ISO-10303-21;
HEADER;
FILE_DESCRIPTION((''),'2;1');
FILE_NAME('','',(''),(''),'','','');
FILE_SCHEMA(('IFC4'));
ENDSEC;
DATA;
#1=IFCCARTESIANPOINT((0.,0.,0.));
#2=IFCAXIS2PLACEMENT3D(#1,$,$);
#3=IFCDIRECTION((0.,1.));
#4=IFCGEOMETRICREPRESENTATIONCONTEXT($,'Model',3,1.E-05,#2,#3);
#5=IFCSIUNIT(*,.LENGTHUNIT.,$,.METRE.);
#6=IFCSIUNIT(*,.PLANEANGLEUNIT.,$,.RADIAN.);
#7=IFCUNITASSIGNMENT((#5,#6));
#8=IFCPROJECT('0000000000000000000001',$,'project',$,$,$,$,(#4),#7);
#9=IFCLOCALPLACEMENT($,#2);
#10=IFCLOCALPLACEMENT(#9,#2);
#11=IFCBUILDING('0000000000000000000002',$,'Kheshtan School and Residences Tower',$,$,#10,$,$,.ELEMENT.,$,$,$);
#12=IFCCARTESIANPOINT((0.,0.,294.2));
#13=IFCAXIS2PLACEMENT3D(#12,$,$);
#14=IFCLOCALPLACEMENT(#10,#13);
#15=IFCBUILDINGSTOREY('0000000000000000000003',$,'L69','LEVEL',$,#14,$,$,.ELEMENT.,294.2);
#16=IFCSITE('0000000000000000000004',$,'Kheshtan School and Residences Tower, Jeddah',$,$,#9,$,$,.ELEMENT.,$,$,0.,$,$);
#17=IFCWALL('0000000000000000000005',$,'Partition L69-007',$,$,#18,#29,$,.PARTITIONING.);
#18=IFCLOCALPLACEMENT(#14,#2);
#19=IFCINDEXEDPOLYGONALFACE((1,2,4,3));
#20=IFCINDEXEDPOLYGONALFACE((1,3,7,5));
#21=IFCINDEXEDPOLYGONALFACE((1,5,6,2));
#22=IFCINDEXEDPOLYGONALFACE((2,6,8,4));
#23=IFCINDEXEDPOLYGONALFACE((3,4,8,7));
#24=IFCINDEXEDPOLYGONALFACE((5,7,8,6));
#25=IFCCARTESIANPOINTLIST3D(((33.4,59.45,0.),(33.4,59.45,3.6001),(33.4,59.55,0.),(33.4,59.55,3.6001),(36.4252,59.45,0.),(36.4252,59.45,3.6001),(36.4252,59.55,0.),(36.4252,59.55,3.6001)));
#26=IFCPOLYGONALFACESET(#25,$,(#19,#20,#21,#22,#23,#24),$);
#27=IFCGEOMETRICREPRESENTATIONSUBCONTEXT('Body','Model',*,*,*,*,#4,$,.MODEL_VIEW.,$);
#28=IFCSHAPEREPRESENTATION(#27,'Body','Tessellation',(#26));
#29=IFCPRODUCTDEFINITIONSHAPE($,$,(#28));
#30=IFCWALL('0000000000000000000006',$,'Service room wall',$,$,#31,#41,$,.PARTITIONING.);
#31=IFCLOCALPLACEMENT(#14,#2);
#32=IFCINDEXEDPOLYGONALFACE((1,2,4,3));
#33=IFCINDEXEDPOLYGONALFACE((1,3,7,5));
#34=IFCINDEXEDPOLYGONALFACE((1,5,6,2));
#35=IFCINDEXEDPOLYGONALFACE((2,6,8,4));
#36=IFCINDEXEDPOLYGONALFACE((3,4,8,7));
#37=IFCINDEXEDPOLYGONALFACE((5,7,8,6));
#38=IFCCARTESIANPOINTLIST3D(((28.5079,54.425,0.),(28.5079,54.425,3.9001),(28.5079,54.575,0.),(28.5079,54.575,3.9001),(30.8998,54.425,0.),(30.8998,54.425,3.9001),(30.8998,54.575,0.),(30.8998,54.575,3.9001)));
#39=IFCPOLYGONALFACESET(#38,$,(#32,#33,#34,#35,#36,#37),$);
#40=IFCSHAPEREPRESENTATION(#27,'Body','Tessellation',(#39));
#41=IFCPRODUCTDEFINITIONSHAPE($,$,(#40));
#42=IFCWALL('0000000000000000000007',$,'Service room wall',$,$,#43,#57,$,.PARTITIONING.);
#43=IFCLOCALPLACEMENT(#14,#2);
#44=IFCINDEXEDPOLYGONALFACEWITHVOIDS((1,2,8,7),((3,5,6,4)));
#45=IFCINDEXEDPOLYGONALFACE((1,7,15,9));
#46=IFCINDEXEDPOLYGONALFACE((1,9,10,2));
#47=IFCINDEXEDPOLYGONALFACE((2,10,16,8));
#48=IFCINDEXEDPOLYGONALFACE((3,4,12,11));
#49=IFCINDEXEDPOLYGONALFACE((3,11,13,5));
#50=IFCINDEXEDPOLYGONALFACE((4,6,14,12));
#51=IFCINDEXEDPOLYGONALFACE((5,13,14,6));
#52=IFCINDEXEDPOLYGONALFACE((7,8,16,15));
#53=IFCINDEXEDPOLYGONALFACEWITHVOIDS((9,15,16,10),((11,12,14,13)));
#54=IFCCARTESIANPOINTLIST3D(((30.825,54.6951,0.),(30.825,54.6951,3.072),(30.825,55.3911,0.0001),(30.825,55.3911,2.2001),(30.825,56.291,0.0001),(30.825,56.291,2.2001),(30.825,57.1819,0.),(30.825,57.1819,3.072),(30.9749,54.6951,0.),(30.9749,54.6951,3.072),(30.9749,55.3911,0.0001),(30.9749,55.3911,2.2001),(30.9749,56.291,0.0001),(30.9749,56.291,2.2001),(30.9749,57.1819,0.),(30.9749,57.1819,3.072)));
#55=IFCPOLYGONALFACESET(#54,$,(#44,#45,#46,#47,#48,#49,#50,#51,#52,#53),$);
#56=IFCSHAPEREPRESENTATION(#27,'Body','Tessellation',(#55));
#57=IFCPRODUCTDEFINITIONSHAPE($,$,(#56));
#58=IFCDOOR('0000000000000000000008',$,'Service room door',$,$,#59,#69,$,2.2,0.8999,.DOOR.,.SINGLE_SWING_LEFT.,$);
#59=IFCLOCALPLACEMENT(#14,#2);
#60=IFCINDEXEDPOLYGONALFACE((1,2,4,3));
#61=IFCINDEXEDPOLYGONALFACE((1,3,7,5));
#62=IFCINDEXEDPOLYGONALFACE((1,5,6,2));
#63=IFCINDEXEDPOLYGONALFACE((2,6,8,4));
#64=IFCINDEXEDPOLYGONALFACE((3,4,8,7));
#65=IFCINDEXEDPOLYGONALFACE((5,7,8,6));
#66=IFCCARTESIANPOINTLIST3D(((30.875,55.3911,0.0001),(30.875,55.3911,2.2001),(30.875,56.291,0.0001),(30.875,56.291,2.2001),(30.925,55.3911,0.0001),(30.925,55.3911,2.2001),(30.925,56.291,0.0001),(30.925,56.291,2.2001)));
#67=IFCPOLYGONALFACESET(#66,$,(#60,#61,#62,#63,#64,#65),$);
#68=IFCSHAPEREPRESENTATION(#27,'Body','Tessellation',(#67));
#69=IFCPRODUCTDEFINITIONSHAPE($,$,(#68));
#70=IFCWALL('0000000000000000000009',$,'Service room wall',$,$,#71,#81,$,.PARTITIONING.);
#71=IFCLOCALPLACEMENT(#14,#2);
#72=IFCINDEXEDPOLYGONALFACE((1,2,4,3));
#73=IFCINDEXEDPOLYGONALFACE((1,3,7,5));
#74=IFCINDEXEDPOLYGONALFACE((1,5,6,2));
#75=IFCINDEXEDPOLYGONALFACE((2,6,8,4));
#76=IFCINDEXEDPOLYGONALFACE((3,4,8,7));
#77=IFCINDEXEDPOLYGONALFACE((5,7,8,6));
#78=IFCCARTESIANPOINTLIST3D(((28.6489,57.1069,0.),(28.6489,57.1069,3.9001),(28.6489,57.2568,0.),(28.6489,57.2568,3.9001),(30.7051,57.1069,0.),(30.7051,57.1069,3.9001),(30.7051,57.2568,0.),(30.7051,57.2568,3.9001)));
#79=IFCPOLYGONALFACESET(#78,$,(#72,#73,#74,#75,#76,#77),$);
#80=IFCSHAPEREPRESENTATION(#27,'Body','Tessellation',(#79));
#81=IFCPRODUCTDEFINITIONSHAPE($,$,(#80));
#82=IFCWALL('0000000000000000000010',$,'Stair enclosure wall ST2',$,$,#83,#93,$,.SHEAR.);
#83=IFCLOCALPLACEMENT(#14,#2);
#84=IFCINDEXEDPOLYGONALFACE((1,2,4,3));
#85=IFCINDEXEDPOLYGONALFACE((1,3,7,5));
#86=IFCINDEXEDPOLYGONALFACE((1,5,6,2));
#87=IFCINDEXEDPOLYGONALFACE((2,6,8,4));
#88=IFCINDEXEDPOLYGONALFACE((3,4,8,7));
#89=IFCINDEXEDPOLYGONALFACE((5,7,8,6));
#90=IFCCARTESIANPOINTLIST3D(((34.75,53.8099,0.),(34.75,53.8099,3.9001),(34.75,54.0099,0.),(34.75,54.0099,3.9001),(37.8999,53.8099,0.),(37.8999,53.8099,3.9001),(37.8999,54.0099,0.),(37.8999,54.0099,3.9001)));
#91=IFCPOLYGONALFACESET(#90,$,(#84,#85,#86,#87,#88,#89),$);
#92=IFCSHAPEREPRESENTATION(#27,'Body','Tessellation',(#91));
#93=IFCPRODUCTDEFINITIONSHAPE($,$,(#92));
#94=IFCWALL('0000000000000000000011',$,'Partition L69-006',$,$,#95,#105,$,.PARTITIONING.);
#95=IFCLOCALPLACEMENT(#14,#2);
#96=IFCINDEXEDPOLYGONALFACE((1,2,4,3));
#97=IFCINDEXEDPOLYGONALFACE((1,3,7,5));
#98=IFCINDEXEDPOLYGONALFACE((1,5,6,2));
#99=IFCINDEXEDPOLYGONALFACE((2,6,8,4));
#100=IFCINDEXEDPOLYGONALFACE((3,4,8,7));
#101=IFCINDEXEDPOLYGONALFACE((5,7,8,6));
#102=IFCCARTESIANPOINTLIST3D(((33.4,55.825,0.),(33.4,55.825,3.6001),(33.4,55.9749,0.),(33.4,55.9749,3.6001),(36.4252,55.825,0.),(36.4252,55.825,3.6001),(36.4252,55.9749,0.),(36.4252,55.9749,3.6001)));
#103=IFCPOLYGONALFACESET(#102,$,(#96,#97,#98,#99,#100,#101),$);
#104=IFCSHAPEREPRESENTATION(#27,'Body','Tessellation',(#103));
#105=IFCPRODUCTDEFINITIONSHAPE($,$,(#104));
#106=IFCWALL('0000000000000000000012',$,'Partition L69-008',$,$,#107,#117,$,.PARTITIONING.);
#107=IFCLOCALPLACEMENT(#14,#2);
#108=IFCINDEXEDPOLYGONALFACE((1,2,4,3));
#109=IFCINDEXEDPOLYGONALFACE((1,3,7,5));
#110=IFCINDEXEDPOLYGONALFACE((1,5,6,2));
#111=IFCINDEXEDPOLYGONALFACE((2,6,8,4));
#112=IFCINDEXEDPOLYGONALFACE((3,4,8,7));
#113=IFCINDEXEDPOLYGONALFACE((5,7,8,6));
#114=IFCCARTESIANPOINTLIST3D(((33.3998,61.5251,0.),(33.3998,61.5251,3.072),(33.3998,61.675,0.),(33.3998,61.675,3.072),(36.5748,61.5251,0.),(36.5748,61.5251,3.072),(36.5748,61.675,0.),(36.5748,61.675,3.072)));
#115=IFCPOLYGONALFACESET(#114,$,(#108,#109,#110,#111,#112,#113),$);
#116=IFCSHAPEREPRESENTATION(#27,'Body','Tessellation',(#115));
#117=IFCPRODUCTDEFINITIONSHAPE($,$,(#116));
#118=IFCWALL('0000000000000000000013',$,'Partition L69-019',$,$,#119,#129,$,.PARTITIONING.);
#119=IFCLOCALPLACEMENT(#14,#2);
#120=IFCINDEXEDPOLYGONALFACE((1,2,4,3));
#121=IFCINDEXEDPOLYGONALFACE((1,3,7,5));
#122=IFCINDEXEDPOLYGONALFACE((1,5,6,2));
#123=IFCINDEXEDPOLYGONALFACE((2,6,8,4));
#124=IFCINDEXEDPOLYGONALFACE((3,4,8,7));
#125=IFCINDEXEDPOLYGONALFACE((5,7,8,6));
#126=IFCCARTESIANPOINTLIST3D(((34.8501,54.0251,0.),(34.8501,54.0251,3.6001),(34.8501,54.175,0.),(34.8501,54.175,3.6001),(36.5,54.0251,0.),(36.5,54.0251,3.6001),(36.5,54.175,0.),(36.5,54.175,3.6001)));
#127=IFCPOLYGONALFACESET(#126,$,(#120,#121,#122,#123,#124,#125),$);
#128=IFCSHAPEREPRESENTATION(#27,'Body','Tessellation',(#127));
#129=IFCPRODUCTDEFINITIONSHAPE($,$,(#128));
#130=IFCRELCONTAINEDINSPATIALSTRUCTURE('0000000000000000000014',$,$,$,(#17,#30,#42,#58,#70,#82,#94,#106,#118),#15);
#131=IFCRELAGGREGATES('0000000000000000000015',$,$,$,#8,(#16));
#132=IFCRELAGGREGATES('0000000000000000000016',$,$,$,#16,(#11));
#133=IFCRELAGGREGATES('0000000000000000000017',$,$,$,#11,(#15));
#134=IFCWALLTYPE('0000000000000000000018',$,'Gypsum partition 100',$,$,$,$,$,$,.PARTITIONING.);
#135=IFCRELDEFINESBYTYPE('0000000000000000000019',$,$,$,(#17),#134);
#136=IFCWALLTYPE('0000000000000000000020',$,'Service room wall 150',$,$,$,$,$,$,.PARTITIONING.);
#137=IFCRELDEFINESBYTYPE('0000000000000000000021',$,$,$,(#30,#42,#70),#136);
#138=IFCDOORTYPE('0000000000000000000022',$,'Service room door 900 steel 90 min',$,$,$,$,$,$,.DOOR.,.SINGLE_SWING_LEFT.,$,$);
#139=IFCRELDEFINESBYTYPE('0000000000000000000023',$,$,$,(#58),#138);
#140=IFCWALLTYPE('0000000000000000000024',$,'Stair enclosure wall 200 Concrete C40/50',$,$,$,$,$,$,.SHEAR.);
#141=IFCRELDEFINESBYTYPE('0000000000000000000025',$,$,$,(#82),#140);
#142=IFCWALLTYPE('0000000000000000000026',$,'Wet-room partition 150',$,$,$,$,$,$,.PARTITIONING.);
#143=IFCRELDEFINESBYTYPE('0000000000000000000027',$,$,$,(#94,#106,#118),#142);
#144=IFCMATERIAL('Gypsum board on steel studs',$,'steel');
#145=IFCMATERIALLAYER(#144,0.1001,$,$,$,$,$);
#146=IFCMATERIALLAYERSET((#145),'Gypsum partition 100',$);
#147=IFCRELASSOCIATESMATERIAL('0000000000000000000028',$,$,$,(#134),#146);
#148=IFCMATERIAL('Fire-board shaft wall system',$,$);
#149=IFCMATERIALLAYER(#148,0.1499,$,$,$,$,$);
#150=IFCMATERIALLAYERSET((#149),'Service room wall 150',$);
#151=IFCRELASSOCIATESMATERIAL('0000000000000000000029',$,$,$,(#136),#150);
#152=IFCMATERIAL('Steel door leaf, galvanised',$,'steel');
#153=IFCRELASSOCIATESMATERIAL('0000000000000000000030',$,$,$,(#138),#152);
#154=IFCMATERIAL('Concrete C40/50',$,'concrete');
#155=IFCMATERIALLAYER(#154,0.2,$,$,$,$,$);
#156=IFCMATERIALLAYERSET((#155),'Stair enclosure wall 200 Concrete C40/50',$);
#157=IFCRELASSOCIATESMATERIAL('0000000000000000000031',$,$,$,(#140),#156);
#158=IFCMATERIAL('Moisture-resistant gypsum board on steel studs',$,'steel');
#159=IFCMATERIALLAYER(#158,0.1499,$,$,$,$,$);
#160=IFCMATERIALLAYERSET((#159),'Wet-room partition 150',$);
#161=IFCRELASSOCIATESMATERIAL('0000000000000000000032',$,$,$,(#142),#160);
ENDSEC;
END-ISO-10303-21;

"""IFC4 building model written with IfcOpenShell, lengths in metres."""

from ifc_helpers import new_model, si_unit, direction, frame, frame_2d, origin, place, context, subcontext, project, spatial, rectangle, extrude, source, transform, mapped, material, layer, layer_set, type_object, element, fill, save


model = new_model("IFC4")

# Units and contexts
model_context = context("Model", 3, precision=1e-05, world=origin(), true_north=direction((0.0, 1.0)))
body_context = subcontext(model_context, "Body", "Model", "MODEL_VIEW")
ifc_project = project(units=[si_unit("LENGTHUNIT", "METRE"), si_unit("PLANEANGLEUNIT", "RADIAN")], contexts=[model_context])

# Site, building, storey
site_placement = place(None, origin())
site = spatial("IfcSite", under=ifc_project, at=site_placement, Name="Kheshtan School and Residences Tower, Jeddah", CompositionType="ELEMENT", RefElevation=0.0)
building_placement = place(site_placement, origin())
building = spatial("IfcBuilding", under=site, at=building_placement, Name="Kheshtan School and Residences Tower", CompositionType="ELEMENT")
storey_placement = place(building_placement, frame((0.0, 0.0, 294.2)))
storey = spatial("IfcBuildingStorey", under=building, at=storey_placement, Name="L69", Description="LEVEL", CompositionType="ELEMENT", Elevation=294.2)

# Walls
ifc_material_1 = material(Name="Gypsum board on steel studs", Category="steel")
ifc_layer_1 = layer(ifc_material_1, 0.1001)
ifc_layer_set_1 = layer_set([ifc_layer_1], Name="Gypsum partition 100")
wall_type_1 = type_object("IfcWallType", Name="Gypsum partition 100", PredefinedType="PARTITIONING", material=ifc_layer_set_1)
wall_1_placement = place(storey_placement, frame((33.3999, 59.5, 0.0), z_axis=(0.0, 0.0, 1.0), x_axis=(1.0, 0.0, 0.0)))
element("IfcWall", 1, at=wall_1_placement, inside=storey, type_object=wall_type_1, Name="Partition L69-007", PredefinedType="PARTITIONING", context=body_context, shape_type="SweptSolid", body=[
    extrude(rectangle(XDim=3.0251, YDim=0.1001, at=frame_2d((1.5127, 0.0))), origin(), (0.0, 0.0, 1.0), 3.6001),
])
ifc_material_2 = material(Name="Fire-board shaft wall system")
ifc_layer_2 = layer(ifc_material_2, 0.1499)
ifc_layer_set_2 = layer_set([ifc_layer_2], Name="Service room wall 150")
wall_type_2 = type_object("IfcWallType", Name="Service room wall 150", PredefinedType="PARTITIONING", material=ifc_layer_set_2)
wall_2_placement = place(storey_placement, frame((28.5081, 54.5, 0.0), z_axis=(0.0, 0.0, 1.0), x_axis=(1.0, 0.0, 0.0)))
element("IfcWall", 2, at=wall_2_placement, inside=storey, type_object=wall_type_2, Name="Service room wall", PredefinedType="PARTITIONING", context=body_context, shape_type="SweptSolid", body=[
    extrude(rectangle(XDim=2.3918, YDim=0.1499, at=frame_2d((1.1958, 0.0))), origin(), (0.0, 0.0, 1.0), 3.9001),
])

# Wall, opening, door
wall_3_placement = place(storey_placement, frame((30.8999, 54.6951, 0.0), z_axis=(0.0, 0.0, 1.0), x_axis=(0.0, 1.0, 0.0)))
wall_3 = element("IfcWall", 3, at=wall_3_placement, inside=storey, type_object=wall_type_2, Name="Service room wall", PredefinedType="PARTITIONING", context=body_context, shape_type="SweptSolid", body=[
    extrude(rectangle(XDim=2.4868, YDim=0.1499, at=frame_2d((1.2434, 0.0))), origin(), (0.0, 0.0, 1.0), 3.072),
])
opening_1_placement = place(wall_3_placement, frame((0.696, 0.0, 0.0)))
opening_1 = element("IfcOpeningElement", 4, at=opening_1_placement, cuts=wall_3, PredefinedType="OPENING", context=body_context, shape_type="SweptSolid", body=[
    extrude(rectangle(XDim=0.8999, YDim=2.2, at=frame_2d((0.45, 1.1001))), frame((0.0, 0.085, 0.0), z_axis=(0.0, -1.0, 0.0), x_axis=(1.0, 0.0, 0.0)), (0.0, 0.0, 1.0), 0.1699),
])
ifc_material_3 = material(Name="Steel door leaf, galvanised", Category="steel")
door_type_1 = type_object("IfcDoorType", Name="Service room door 900 steel 90 min", OperationType="SINGLE_SWING_LEFT", PredefinedType="DOOR", material=ifc_material_3)
shared_shape_1 = source(origin(), body_context, "Body", "SweptSolid", [
    extrude(rectangle(XDim=0.8999, YDim=2.2, at=frame_2d((0.45, 1.1001))), frame((0.0, 0.0249, 0.0), z_axis=(0.0, -1.0, 0.0), x_axis=(1.0, 0.0, 0.0)), (0.0, 0.0, 1.0), 0.05),
])
door_1_placement = place(opening_1_placement, origin())
door_1 = element("IfcDoor", 5, at=door_1_placement, inside=storey, type_object=door_type_1, Name="Service room door", OperationType="SINGLE_SWING_LEFT", OverallHeight=2.2, OverallWidth=0.8999, PredefinedType="DOOR", context=body_context, shape_type="MappedRepresentation", body=[
    mapped(shared_shape_1, transform((0.0, 0.0, 0.0), x_axis=(1.0, 0.0, 0.0), y_axis=(0.0, 1.0, 0.0), z_axis=(0.0, 0.0, 1.0), scale=1.0)),
])
fill(opening_1, door_1)

# Walls
wall_4_placement = place(storey_placement, frame((28.6489, 57.1819, 0.0), z_axis=(0.0, 0.0, 1.0), x_axis=(1.0, 0.0, 0.0)))
element("IfcWall", 6, at=wall_4_placement, inside=storey, type_object=wall_type_2, Name="Service room wall", PredefinedType="PARTITIONING", context=body_context, shape_type="SweptSolid", body=[
    extrude(rectangle(XDim=2.0562, YDim=0.1499, at=frame_2d((1.0281, 0.0))), origin(), (0.0, 0.0, 1.0), 3.9001),
])
ifc_material_4 = material(Name="Concrete C40/50", Category="concrete")
ifc_layer_3 = layer(ifc_material_4, 0.2)
ifc_layer_set_3 = layer_set([ifc_layer_3], Name="Stair enclosure wall 200 Concrete C40/50")
wall_type_3 = type_object("IfcWallType", Name="Stair enclosure wall 200 Concrete C40/50", PredefinedType="SHEAR", material=ifc_layer_set_3)
wall_5_placement = place(storey_placement, frame((34.75, 53.9099, 0.0), z_axis=(0.0, 0.0, 1.0), x_axis=(1.0, 0.0, 0.0)))
element("IfcWall", 7, at=wall_5_placement, inside=storey, type_object=wall_type_3, Name="Stair enclosure wall ST2", PredefinedType="SHEAR", context=body_context, shape_type="SweptSolid", body=[
    extrude(rectangle(XDim=3.1499, YDim=0.2, at=frame_2d((1.575, 0.0))), origin(), (0.0, 0.0, 1.0), 3.9001),
])
ifc_material_5 = material(Name="Moisture-resistant gypsum board on steel studs", Category="steel")
ifc_layer_4 = layer(ifc_material_5, 0.1499)
ifc_layer_set_4 = layer_set([ifc_layer_4], Name="Wet-room partition 150")
wall_type_4 = type_object("IfcWallType", Name="Wet-room partition 150", PredefinedType="PARTITIONING", material=ifc_layer_set_4)
wall_6_placement = place(storey_placement, frame((33.3999, 55.8999, 0.0), z_axis=(0.0, 0.0, 1.0), x_axis=(1.0, 0.0, 0.0)))
element("IfcWall", 8, at=wall_6_placement, inside=storey, type_object=wall_type_4, Name="Partition L69-006", PredefinedType="PARTITIONING", context=body_context, shape_type="SweptSolid", body=[
    extrude(rectangle(XDim=3.0251, YDim=0.1499, at=frame_2d((1.5127, 0.0))), origin(), (0.0, 0.0, 1.0), 3.6001),
])
wall_7_placement = place(storey_placement, frame((33.3999, 61.6001, 0.0), z_axis=(0.0, 0.0, 1.0), x_axis=(1.0, 0.0, 0.0)))
element("IfcWall", 9, at=wall_7_placement, inside=storey, type_object=wall_type_4, Name="Partition L69-008", PredefinedType="PARTITIONING", context=body_context, shape_type="SweptSolid", body=[
    extrude(rectangle(XDim=3.175, YDim=0.1499, at=frame_2d((1.5874, 0.0))), origin(), (0.0, 0.0, 1.0), 3.072),
])
wall_8_placement = place(storey_placement, frame((34.8501, 54.1001, 0.0), z_axis=(0.0, 0.0, 1.0), x_axis=(1.0, 0.0, 0.0)))
element("IfcWall", 10, at=wall_8_placement, inside=storey, type_object=wall_type_4, Name="Partition L69-019", PredefinedType="PARTITIONING", context=body_context, shape_type="SweptSolid", body=[
    extrude(rectangle(XDim=1.6499, YDim=0.1499, at=frame_2d((0.825, 0.0))), origin(), (0.0, 0.0, 1.0), 3.6001),
])

save(model, "model.ifc")
